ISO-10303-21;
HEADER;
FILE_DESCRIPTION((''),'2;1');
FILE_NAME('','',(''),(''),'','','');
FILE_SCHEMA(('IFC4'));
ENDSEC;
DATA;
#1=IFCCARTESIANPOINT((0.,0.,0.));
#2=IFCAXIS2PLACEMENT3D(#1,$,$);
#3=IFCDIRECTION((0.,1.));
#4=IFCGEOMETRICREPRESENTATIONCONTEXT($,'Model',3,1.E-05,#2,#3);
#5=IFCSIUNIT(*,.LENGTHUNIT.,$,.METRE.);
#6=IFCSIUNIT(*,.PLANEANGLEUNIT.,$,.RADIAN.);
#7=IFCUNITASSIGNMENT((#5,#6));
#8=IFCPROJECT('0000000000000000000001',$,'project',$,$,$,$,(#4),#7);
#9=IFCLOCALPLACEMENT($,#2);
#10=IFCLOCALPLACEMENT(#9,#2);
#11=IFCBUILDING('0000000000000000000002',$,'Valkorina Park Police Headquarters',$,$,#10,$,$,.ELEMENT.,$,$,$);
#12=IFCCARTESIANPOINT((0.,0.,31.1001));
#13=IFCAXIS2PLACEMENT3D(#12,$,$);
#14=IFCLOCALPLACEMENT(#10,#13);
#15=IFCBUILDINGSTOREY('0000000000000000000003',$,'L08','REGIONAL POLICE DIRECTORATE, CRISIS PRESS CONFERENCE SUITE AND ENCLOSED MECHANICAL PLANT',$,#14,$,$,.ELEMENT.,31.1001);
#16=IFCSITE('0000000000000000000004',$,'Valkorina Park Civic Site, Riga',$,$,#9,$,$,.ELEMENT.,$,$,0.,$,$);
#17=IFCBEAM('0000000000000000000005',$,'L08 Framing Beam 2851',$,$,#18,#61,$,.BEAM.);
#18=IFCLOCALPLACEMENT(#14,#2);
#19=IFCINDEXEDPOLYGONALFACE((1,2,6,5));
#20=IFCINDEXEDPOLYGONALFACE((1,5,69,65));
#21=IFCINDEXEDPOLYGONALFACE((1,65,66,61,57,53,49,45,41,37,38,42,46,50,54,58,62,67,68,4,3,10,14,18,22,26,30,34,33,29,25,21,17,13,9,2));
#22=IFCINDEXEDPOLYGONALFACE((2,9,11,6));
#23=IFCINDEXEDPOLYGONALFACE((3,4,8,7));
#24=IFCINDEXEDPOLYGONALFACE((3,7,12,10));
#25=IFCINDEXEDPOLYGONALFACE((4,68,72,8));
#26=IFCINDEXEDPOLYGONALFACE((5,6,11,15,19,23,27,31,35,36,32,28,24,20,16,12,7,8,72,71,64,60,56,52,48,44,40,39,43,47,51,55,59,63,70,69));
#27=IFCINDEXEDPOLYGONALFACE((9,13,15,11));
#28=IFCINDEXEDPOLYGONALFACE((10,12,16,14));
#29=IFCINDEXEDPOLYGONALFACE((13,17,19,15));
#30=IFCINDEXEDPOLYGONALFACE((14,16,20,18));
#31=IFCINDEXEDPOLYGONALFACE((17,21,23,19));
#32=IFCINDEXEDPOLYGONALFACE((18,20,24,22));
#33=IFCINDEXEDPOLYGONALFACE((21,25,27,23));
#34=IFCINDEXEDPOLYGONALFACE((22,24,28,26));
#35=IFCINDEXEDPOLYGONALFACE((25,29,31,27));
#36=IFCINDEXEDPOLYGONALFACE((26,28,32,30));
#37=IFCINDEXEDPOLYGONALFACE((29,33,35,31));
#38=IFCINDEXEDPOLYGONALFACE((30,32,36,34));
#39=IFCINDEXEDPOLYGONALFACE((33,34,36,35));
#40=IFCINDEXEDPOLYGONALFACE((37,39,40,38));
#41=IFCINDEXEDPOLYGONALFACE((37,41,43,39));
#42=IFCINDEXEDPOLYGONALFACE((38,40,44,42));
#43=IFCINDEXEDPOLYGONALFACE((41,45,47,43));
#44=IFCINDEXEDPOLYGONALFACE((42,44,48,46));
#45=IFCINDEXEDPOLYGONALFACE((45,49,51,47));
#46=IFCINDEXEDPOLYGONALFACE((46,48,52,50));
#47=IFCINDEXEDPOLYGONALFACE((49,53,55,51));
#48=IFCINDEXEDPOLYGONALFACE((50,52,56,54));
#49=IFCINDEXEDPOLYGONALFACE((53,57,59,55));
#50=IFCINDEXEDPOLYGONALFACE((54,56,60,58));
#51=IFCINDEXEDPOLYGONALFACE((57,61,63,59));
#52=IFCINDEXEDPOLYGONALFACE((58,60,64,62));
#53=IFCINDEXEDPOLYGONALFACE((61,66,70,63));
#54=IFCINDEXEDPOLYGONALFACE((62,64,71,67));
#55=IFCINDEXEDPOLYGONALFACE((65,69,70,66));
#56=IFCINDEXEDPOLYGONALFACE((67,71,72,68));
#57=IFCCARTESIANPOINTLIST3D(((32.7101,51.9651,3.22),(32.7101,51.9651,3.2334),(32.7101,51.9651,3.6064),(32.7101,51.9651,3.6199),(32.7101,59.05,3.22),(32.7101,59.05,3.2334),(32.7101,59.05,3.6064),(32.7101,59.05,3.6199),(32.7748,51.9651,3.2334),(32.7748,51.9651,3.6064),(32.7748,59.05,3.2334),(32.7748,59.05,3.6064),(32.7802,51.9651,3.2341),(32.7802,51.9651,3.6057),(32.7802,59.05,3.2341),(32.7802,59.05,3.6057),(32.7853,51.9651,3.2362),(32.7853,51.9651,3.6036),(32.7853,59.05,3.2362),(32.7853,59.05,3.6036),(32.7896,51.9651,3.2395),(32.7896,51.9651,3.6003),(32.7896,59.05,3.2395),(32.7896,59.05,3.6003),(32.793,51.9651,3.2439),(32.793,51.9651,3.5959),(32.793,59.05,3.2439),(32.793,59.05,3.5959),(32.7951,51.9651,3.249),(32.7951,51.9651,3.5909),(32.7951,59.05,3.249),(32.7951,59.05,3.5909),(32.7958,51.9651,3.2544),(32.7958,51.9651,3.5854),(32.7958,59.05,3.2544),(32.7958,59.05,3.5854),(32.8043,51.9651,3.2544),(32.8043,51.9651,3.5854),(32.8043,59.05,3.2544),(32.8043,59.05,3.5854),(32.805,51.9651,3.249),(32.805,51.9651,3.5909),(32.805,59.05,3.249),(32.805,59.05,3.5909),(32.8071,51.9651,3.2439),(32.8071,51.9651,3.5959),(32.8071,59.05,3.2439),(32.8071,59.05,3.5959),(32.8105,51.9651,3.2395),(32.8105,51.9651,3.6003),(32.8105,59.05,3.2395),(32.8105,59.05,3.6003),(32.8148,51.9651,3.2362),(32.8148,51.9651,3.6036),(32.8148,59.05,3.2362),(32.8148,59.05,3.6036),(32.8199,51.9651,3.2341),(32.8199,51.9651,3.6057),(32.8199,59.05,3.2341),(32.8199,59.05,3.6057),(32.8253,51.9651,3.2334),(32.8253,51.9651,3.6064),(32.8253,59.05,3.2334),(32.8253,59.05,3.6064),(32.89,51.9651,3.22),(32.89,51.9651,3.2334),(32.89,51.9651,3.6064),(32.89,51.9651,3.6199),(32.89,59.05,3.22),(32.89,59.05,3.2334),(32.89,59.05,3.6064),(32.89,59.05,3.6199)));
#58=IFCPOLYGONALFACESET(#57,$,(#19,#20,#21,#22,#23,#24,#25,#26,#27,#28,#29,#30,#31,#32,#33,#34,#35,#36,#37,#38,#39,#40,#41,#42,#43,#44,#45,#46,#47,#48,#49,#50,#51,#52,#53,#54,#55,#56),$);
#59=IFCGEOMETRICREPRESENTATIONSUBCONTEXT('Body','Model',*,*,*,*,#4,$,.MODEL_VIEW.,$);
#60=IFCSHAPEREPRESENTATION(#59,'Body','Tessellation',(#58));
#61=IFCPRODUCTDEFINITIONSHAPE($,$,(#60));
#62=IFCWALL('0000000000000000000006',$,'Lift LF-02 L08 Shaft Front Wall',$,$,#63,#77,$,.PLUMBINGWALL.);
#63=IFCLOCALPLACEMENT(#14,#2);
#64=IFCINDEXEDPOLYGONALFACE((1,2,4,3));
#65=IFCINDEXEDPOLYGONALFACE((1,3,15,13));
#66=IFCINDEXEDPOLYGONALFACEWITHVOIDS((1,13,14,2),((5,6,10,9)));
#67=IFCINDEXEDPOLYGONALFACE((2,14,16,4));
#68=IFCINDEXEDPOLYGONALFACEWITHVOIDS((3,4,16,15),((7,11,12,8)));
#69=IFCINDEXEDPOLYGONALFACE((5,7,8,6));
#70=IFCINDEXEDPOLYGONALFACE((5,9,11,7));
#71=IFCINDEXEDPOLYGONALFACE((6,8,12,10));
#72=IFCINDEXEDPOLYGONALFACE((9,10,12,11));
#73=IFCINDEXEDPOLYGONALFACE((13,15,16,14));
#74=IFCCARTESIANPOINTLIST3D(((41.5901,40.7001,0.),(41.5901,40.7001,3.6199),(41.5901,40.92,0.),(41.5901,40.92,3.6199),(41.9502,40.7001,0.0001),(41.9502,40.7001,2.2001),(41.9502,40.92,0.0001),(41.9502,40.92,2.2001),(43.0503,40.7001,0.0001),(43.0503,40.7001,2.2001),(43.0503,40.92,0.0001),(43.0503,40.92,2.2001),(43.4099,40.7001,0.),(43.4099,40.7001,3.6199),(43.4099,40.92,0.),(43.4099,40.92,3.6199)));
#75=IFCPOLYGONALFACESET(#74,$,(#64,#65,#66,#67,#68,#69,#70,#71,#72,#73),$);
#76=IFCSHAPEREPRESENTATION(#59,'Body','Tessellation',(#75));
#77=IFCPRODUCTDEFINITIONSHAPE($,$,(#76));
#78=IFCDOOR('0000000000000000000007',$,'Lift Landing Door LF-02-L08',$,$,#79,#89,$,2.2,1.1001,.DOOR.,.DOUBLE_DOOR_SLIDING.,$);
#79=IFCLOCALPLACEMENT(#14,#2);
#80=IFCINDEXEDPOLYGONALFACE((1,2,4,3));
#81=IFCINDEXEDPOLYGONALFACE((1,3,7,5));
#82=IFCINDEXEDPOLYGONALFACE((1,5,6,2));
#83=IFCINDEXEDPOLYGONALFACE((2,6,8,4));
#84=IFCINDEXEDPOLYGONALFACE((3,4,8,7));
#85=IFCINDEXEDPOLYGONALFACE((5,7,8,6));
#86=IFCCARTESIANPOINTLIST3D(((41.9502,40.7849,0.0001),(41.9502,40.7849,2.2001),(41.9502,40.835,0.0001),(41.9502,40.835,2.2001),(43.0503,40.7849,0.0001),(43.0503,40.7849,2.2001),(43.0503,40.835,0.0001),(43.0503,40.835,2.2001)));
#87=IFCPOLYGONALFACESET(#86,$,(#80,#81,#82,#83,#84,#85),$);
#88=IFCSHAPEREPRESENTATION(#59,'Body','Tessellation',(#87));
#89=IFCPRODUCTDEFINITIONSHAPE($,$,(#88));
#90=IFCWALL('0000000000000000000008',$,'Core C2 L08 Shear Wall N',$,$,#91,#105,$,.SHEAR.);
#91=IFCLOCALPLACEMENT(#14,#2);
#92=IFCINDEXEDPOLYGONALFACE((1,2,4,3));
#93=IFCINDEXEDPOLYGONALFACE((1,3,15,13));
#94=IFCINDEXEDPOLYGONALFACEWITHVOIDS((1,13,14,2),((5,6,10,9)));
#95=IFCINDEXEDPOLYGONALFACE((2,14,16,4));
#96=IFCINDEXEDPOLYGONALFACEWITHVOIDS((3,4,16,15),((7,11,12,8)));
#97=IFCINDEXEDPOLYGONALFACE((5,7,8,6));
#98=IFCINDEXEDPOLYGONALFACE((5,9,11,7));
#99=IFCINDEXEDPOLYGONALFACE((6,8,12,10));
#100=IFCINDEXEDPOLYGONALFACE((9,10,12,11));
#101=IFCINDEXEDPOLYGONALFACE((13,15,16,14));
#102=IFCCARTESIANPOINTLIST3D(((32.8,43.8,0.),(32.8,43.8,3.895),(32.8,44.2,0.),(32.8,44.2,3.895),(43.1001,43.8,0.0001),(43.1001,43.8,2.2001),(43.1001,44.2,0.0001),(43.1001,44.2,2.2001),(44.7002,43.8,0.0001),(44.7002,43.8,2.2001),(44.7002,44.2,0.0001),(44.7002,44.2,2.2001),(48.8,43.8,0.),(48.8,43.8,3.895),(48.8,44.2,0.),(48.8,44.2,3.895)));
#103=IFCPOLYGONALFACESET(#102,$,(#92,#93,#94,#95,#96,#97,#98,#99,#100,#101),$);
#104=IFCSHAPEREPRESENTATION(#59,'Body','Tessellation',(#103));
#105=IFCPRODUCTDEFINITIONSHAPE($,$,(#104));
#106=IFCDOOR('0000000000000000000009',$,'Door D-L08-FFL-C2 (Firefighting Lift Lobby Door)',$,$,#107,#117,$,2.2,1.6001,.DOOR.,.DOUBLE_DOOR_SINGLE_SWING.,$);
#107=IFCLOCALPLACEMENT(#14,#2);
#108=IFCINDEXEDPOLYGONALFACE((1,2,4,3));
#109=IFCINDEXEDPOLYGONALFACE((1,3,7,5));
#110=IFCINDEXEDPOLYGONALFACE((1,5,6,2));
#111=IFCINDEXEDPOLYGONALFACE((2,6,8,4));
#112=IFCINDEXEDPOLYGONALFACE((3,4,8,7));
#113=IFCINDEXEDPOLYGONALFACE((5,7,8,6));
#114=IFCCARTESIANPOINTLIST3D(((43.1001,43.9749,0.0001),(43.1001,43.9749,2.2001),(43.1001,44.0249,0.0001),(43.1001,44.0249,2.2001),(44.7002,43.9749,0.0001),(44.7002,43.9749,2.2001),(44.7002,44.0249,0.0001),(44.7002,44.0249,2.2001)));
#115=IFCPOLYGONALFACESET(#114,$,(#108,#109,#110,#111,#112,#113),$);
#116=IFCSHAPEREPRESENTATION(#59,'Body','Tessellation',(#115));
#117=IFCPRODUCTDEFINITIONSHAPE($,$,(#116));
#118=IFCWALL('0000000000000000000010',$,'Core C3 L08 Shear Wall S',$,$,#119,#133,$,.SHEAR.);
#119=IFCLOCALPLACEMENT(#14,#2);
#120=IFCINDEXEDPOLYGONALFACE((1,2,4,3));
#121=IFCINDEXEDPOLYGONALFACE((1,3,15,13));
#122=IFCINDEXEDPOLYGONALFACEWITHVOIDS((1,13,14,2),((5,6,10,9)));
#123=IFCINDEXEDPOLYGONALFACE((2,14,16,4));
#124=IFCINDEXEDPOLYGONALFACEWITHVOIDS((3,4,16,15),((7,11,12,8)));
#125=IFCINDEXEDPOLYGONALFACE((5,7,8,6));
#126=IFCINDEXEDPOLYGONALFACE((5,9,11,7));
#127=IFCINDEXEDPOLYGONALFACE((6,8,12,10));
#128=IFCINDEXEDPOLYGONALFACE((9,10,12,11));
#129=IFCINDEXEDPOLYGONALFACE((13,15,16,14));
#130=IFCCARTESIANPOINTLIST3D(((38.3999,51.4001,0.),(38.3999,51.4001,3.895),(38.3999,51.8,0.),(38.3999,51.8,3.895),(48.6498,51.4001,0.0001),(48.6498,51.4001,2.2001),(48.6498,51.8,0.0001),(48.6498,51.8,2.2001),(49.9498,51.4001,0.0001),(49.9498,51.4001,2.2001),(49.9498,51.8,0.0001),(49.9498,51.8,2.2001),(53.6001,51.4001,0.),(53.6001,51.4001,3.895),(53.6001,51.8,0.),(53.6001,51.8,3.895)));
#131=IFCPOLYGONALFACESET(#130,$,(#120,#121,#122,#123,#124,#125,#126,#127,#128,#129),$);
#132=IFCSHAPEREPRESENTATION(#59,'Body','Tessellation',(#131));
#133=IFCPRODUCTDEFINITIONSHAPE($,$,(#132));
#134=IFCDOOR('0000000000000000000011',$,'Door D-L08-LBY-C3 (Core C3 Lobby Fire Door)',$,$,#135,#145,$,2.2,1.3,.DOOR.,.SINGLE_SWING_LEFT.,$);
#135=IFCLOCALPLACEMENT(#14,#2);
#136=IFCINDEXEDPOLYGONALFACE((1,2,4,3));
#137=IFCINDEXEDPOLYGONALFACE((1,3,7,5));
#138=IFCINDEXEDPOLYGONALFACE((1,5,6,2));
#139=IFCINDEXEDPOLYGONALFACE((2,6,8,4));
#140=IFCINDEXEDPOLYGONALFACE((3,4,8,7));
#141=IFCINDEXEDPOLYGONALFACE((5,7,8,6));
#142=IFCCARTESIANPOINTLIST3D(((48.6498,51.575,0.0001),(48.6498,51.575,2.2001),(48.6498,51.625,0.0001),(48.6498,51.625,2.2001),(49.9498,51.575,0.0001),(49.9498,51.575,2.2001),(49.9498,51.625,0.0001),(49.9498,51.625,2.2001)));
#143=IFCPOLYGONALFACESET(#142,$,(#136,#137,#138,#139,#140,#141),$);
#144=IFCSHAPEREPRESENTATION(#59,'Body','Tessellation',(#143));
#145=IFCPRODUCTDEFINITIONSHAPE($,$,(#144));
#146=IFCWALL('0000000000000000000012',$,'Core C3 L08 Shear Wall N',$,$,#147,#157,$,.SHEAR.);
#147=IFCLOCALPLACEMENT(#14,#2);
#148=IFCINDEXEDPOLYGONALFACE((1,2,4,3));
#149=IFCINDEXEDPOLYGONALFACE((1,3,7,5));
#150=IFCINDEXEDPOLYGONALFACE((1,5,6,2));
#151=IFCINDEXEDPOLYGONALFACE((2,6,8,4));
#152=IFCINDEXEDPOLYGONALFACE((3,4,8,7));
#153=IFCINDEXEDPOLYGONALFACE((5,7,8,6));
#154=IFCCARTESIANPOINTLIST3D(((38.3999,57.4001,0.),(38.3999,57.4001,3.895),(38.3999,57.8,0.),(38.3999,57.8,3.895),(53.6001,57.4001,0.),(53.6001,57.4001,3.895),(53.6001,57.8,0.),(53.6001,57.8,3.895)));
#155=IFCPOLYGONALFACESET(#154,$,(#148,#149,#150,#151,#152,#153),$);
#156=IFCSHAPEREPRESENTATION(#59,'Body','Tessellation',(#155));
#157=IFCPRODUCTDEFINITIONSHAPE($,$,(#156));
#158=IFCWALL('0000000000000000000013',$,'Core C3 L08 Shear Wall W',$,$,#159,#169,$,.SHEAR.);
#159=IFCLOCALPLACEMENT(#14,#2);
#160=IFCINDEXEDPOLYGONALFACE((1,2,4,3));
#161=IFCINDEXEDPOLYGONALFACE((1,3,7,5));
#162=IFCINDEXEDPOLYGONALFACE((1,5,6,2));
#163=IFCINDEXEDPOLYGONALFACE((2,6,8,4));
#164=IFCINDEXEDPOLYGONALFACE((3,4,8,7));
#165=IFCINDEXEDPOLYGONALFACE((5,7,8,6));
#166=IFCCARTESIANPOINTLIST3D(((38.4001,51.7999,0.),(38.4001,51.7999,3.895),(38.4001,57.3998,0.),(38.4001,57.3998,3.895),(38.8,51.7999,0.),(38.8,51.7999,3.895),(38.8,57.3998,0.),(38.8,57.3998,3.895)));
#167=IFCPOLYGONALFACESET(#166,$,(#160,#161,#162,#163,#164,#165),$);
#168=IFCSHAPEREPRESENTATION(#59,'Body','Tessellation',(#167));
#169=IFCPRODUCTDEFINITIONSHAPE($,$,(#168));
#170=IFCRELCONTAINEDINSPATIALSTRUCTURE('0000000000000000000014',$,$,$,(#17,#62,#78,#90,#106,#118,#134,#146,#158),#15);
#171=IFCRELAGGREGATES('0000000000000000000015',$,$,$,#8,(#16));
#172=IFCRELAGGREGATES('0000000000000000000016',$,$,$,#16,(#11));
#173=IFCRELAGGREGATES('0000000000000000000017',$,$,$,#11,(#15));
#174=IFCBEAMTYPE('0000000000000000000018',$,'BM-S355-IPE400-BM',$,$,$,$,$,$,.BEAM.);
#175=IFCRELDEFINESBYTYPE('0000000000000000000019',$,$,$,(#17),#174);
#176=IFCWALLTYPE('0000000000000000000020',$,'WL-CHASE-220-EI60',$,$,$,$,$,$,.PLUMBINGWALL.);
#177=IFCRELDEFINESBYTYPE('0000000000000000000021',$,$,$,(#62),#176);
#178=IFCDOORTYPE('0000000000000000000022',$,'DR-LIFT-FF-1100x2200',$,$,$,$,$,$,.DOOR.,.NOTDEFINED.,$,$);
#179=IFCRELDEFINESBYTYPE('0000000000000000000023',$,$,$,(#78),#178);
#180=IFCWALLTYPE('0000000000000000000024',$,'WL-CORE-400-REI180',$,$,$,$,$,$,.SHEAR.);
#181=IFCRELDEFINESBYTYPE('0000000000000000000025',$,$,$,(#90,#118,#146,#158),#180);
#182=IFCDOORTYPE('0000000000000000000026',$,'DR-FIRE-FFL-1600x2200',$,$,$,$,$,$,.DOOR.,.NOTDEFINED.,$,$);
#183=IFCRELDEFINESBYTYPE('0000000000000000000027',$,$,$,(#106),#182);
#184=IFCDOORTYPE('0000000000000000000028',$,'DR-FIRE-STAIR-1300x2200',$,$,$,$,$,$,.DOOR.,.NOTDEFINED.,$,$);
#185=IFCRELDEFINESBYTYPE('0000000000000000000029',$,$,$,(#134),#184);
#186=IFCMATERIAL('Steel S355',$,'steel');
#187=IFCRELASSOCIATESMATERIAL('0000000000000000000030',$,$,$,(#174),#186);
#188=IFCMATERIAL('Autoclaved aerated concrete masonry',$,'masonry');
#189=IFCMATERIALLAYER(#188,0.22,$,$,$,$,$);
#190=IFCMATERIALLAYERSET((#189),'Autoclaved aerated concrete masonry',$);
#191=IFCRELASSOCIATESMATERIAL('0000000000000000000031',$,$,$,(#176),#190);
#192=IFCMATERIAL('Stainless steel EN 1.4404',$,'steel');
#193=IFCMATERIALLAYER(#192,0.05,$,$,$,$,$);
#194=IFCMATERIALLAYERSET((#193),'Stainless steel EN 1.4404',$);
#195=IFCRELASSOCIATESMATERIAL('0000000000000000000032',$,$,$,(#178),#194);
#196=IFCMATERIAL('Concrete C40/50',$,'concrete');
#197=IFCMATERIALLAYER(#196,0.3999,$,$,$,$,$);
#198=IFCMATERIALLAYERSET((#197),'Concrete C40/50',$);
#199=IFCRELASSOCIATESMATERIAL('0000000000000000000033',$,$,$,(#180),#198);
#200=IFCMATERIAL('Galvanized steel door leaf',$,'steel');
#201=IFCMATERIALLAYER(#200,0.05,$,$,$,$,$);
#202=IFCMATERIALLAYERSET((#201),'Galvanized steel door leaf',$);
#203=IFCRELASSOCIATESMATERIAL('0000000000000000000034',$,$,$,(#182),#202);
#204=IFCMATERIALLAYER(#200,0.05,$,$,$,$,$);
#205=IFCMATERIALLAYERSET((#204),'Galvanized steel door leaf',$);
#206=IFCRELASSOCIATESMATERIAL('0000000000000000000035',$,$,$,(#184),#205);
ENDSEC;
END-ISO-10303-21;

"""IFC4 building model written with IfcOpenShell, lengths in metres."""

from ifc_helpers import new_model, si_unit, direction, frame, frame_2d, origin, origin_2d, place, context, subcontext, project, spatial, rectangle, i_section, extrude, material, layer, layer_set, material_profile, profile_set, type_object, element, fill, save


model = new_model("IFC4")

# Units and contexts
model_context = context("Model", 3, precision=1e-05, world=origin(), true_north=direction((0.0, 1.0)))
body_context = subcontext(model_context, "Body", "Model", "MODEL_VIEW")
ifc_project = project(units=[si_unit("LENGTHUNIT", "METRE"), si_unit("PLANEANGLEUNIT", "RADIAN")], contexts=[model_context])

# Site, building, storey
site_placement = place(None, origin())
site = spatial("IfcSite", under=ifc_project, at=site_placement, Name="Valkorina Park Civic Site, Riga", CompositionType="ELEMENT", RefElevation=0.0)
building_placement = place(site_placement, origin())
building = spatial("IfcBuilding", under=site, at=building_placement, Name="Valkorina Park Police Headquarters", CompositionType="ELEMENT")
storey_placement = place(building_placement, frame((0.0, 0.0, 31.1001)))
storey = spatial("IfcBuildingStorey", under=building, at=storey_placement, Name="L08", Description="REGIONAL POLICE DIRECTORATE, CRISIS PRESS CONFERENCE SUITE AND ENCLOSED MECHANICAL PLANT", CompositionType="ELEMENT", Elevation=31.1001)

# Shared definitions
ifc_material_1 = material(Name="Steel S355", Category="steel")

# Beam
ifc_material_profile_1 = material_profile(ifc_material_1, i_section(OverallWidth=0.1799, OverallDepth=0.3999, WebThickness=0.0085, FlangeThickness=0.0134, FilletRadius=0.021, at=origin_2d()), Name="IPE 400")
ifc_profile_set_1 = profile_set([ifc_material_profile_1], Name="Steel S355")
beam_type_1 = type_object("IfcBeamType", Name="BM-S355-IPE400-BM", PredefinedType="BEAM", material=ifc_profile_set_1)
beam_1_placement = place(storey_placement, frame((32.8, 51.9651, 3.4199), z_axis=(0.0, 1.0, 0.0), x_axis=(-1.0, 0.0, 0.0)))
element("IfcBeam", 1, at=beam_1_placement, inside=storey, type_object=beam_type_1, Name="L08 Framing Beam 2851", PredefinedType="BEAM", context=body_context, shape_type="SweptSolid", body=[
    extrude(i_section(OverallWidth=0.1799, OverallDepth=0.3999, WebThickness=0.0085, FlangeThickness=0.0134, FilletRadius=0.021, at=origin_2d()), origin(), (0.0, 0.0, 1.0), 7.085),
])

# Walls, openings, doors
ifc_material_2 = material(Name="Autoclaved aerated concrete masonry", Category="masonry")
ifc_layer_1 = layer(ifc_material_2, 0.22)
ifc_layer_set_1 = layer_set([ifc_layer_1], Name="Autoclaved aerated concrete masonry")
wall_type_1 = type_object("IfcWallType", Name="WL-CHASE-220-EI60", PredefinedType="PLUMBINGWALL", material=ifc_layer_set_1)
wall_1_placement = place(storey_placement, frame((41.5901, 40.8101, 0.0), z_axis=(0.0, 0.0, 1.0), x_axis=(1.0, 0.0, 0.0)))
wall_1 = element("IfcWall", 2, at=wall_1_placement, inside=storey, type_object=wall_type_1, Name="Lift LF-02 L08 Shaft Front Wall", PredefinedType="PLUMBINGWALL", context=body_context, shape_type="SweptSolid", body=[
    extrude(rectangle(XDim=1.8198, YDim=0.22, at=frame_2d((0.9099, 0.0))), origin(), (0.0, 0.0, 1.0), 3.6199),
])
opening_1_placement = place(wall_1_placement, frame((0.3601, 0.0, 0.0)))
opening_1 = element("IfcOpeningElement", 3, at=opening_1_placement, cuts=wall_1, PredefinedType="OPENING", context=body_context, shape_type="SweptSolid", body=[
    extrude(rectangle(XDim=1.1001, YDim=2.2, at=frame_2d((0.55, 1.1001))), frame((0.0, 0.1201, 0.0), z_axis=(0.0, -1.0, 0.0), x_axis=(1.0, 0.0, 0.0)), (0.0, 0.0, 1.0), 0.24),
])
ifc_material_3 = material(Name="Stainless steel EN 1.4404", Category="steel")
ifc_layer_2 = layer(ifc_material_3, 0.05)
ifc_layer_set_2 = layer_set([ifc_layer_2], Name="Stainless steel EN 1.4404")
door_type_1 = type_object("IfcDoorType", Name="DR-LIFT-FF-1100x2200", OperationType="NOTDEFINED", PredefinedType="DOOR", material=ifc_layer_set_2)
door_1_placement = place(opening_1_placement, origin())
door_1 = element("IfcDoor", 4, at=door_1_placement, inside=storey, type_object=door_type_1, Name="Lift Landing Door LF-02-L08", OperationType="DOUBLE_DOOR_SLIDING", OverallHeight=2.2, OverallWidth=1.1001, PredefinedType="DOOR", context=body_context, shape_type="SweptSolid", body=[
    extrude(rectangle(XDim=1.1001, YDim=2.2, at=frame_2d((0.55, 1.1001))), frame((0.0, 0.0249, 0.0), z_axis=(0.0, -1.0, 0.0), x_axis=(1.0, 0.0, 0.0)), (0.0, 0.0, 1.0), 0.05),
])
fill(opening_1, door_1)
ifc_material_4 = material(Name="Concrete C40/50", Category="concrete")
ifc_layer_3 = layer(ifc_material_4, 0.3999)
ifc_layer_set_3 = layer_set([ifc_layer_3], Name="Concrete C40/50")
wall_type_2 = type_object("IfcWallType", Name="WL-CORE-400-REI180", PredefinedType="SHEAR", material=ifc_layer_set_3)
wall_2_placement = place(storey_placement, frame((32.8, 44.0, 0.0), z_axis=(0.0, 0.0, 1.0), x_axis=(1.0, 0.0, 0.0)))
wall_2 = element("IfcWall", 5, at=wall_2_placement, inside=storey, type_object=wall_type_2, Name="Core C2 L08 Shear Wall N", PredefinedType="SHEAR", context=body_context, shape_type="SweptSolid", body=[
    extrude(rectangle(XDim=16.0, YDim=0.3999, at=frame_2d((8.0, 0.0))), origin(), (0.0, 0.0, 1.0), 3.895),
])
opening_2_placement = place(wall_2_placement, frame((10.3, 0.0, 0.0)))
opening_2 = element("IfcOpeningElement", 6, at=opening_2_placement, cuts=wall_2, PredefinedType="OPENING", context=body_context, shape_type="SweptSolid", body=[
    extrude(rectangle(XDim=1.6001, YDim=2.2, at=frame_2d((0.8, 1.1001))), frame((0.0, 0.21, 0.0), z_axis=(0.0, -1.0, 0.0), x_axis=(1.0, 0.0, 0.0)), (0.0, 0.0, 1.0), 0.4199),
])
ifc_material_5 = material(Name="Galvanized steel door leaf", Category="steel")
ifc_layer_4 = layer(ifc_material_5, 0.05)
ifc_layer_set_4 = layer_set([ifc_layer_4], Name="Galvanized steel door leaf")
door_type_2 = type_object("IfcDoorType", Name="DR-FIRE-FFL-1600x2200", OperationType="NOTDEFINED", PredefinedType="DOOR", material=ifc_layer_set_4)
door_2_placement = place(opening_2_placement, origin())
door_2 = element("IfcDoor", 7, at=door_2_placement, inside=storey, type_object=door_type_2, Name="Door D-L08-FFL-C2 (Firefighting Lift Lobby Door)", OperationType="DOUBLE_DOOR_SINGLE_SWING", OverallHeight=2.2, OverallWidth=1.6001, PredefinedType="DOOR", context=body_context, shape_type="SweptSolid", body=[
    extrude(rectangle(XDim=1.6001, YDim=2.2, at=frame_2d((0.8, 1.1001))), frame((0.0, 0.0249, 0.0), z_axis=(0.0, -1.0, 0.0), x_axis=(1.0, 0.0, 0.0)), (0.0, 0.0, 1.0), 0.05),
])
fill(opening_2, door_2)
wall_3_placement = place(storey_placement, frame((38.3999, 51.6001, 0.0), z_axis=(0.0, 0.0, 1.0), x_axis=(1.0, 0.0, 0.0)))
wall_3 = element("IfcWall", 8, at=wall_3_placement, inside=storey, type_object=wall_type_2, Name="Core C3 L08 Shear Wall S", PredefinedType="SHEAR", context=body_context, shape_type="SweptSolid", body=[
    extrude(rectangle(XDim=15.2002, YDim=0.3999, at=frame_2d((7.6001, 0.0))), origin(), (0.0, 0.0, 1.0), 3.895),
])
opening_3_placement = place(wall_3_placement, frame((10.25, 0.0, 0.0)))
opening_3 = element("IfcOpeningElement", 9, at=opening_3_placement, cuts=wall_3, PredefinedType="OPENING", context=body_context, shape_type="SweptSolid", body=[
    extrude(rectangle(XDim=1.3, YDim=2.2, at=frame_2d((0.6499, 1.1001))), frame((0.0, 0.21, 0.0), z_axis=(0.0, -1.0, 0.0), x_axis=(1.0, 0.0, 0.0)), (0.0, 0.0, 1.0), 0.4199),
])
ifc_layer_5 = layer(ifc_material_5, 0.05)
ifc_layer_set_5 = layer_set([ifc_layer_5], Name="Galvanized steel door leaf")
door_type_3 = type_object("IfcDoorType", Name="DR-FIRE-STAIR-1300x2200", OperationType="NOTDEFINED", PredefinedType="DOOR", material=ifc_layer_set_5)
door_3_placement = place(opening_3_placement, origin())
door_3 = element("IfcDoor", 10, at=door_3_placement, inside=storey, type_object=door_type_3, Name="Door D-L08-LBY-C3 (Core C3 Lobby Fire Door)", OperationType="SINGLE_SWING_LEFT", OverallHeight=2.2, OverallWidth=1.3, PredefinedType="DOOR", context=body_context, shape_type="SweptSolid", body=[
    extrude(rectangle(XDim=1.3, YDim=2.2, at=frame_2d((0.6499, 1.1001))), frame((0.0, 0.0249, 0.0), z_axis=(0.0, -1.0, 0.0), x_axis=(1.0, 0.0, 0.0)), (0.0, 0.0, 1.0), 0.05),
])
fill(opening_3, door_3)

# Walls
wall_4_placement = place(storey_placement, frame((38.3999, 57.6001, 0.0), z_axis=(0.0, 0.0, 1.0), x_axis=(1.0, 0.0, 0.0)))
element("IfcWall", 11, at=wall_4_placement, inside=storey, type_object=wall_type_2, Name="Core C3 L08 Shear Wall N", PredefinedType="SHEAR", context=body_context, shape_type="SweptSolid", body=[
    extrude(rectangle(XDim=15.2002, YDim=0.3999, at=frame_2d((7.6001, 0.0))), origin(), (0.0, 0.0, 1.0), 3.895),
])
wall_5_placement = place(storey_placement, frame((38.6001, 51.8, 0.0), z_axis=(0.0, 0.0, 1.0), x_axis=(0.0, 1.0, 0.0)))
element("IfcWall", 12, at=wall_5_placement, inside=storey, type_object=wall_type_2, Name="Core C3 L08 Shear Wall W", PredefinedType="SHEAR", context=body_context, shape_type="SweptSolid", body=[
    extrude(rectangle(XDim=5.5999, YDim=0.3999, at=frame_2d((2.7998, 0.0))), origin(), (0.0, 0.0, 1.0), 3.895),
])

save(model, "model.ifc")
